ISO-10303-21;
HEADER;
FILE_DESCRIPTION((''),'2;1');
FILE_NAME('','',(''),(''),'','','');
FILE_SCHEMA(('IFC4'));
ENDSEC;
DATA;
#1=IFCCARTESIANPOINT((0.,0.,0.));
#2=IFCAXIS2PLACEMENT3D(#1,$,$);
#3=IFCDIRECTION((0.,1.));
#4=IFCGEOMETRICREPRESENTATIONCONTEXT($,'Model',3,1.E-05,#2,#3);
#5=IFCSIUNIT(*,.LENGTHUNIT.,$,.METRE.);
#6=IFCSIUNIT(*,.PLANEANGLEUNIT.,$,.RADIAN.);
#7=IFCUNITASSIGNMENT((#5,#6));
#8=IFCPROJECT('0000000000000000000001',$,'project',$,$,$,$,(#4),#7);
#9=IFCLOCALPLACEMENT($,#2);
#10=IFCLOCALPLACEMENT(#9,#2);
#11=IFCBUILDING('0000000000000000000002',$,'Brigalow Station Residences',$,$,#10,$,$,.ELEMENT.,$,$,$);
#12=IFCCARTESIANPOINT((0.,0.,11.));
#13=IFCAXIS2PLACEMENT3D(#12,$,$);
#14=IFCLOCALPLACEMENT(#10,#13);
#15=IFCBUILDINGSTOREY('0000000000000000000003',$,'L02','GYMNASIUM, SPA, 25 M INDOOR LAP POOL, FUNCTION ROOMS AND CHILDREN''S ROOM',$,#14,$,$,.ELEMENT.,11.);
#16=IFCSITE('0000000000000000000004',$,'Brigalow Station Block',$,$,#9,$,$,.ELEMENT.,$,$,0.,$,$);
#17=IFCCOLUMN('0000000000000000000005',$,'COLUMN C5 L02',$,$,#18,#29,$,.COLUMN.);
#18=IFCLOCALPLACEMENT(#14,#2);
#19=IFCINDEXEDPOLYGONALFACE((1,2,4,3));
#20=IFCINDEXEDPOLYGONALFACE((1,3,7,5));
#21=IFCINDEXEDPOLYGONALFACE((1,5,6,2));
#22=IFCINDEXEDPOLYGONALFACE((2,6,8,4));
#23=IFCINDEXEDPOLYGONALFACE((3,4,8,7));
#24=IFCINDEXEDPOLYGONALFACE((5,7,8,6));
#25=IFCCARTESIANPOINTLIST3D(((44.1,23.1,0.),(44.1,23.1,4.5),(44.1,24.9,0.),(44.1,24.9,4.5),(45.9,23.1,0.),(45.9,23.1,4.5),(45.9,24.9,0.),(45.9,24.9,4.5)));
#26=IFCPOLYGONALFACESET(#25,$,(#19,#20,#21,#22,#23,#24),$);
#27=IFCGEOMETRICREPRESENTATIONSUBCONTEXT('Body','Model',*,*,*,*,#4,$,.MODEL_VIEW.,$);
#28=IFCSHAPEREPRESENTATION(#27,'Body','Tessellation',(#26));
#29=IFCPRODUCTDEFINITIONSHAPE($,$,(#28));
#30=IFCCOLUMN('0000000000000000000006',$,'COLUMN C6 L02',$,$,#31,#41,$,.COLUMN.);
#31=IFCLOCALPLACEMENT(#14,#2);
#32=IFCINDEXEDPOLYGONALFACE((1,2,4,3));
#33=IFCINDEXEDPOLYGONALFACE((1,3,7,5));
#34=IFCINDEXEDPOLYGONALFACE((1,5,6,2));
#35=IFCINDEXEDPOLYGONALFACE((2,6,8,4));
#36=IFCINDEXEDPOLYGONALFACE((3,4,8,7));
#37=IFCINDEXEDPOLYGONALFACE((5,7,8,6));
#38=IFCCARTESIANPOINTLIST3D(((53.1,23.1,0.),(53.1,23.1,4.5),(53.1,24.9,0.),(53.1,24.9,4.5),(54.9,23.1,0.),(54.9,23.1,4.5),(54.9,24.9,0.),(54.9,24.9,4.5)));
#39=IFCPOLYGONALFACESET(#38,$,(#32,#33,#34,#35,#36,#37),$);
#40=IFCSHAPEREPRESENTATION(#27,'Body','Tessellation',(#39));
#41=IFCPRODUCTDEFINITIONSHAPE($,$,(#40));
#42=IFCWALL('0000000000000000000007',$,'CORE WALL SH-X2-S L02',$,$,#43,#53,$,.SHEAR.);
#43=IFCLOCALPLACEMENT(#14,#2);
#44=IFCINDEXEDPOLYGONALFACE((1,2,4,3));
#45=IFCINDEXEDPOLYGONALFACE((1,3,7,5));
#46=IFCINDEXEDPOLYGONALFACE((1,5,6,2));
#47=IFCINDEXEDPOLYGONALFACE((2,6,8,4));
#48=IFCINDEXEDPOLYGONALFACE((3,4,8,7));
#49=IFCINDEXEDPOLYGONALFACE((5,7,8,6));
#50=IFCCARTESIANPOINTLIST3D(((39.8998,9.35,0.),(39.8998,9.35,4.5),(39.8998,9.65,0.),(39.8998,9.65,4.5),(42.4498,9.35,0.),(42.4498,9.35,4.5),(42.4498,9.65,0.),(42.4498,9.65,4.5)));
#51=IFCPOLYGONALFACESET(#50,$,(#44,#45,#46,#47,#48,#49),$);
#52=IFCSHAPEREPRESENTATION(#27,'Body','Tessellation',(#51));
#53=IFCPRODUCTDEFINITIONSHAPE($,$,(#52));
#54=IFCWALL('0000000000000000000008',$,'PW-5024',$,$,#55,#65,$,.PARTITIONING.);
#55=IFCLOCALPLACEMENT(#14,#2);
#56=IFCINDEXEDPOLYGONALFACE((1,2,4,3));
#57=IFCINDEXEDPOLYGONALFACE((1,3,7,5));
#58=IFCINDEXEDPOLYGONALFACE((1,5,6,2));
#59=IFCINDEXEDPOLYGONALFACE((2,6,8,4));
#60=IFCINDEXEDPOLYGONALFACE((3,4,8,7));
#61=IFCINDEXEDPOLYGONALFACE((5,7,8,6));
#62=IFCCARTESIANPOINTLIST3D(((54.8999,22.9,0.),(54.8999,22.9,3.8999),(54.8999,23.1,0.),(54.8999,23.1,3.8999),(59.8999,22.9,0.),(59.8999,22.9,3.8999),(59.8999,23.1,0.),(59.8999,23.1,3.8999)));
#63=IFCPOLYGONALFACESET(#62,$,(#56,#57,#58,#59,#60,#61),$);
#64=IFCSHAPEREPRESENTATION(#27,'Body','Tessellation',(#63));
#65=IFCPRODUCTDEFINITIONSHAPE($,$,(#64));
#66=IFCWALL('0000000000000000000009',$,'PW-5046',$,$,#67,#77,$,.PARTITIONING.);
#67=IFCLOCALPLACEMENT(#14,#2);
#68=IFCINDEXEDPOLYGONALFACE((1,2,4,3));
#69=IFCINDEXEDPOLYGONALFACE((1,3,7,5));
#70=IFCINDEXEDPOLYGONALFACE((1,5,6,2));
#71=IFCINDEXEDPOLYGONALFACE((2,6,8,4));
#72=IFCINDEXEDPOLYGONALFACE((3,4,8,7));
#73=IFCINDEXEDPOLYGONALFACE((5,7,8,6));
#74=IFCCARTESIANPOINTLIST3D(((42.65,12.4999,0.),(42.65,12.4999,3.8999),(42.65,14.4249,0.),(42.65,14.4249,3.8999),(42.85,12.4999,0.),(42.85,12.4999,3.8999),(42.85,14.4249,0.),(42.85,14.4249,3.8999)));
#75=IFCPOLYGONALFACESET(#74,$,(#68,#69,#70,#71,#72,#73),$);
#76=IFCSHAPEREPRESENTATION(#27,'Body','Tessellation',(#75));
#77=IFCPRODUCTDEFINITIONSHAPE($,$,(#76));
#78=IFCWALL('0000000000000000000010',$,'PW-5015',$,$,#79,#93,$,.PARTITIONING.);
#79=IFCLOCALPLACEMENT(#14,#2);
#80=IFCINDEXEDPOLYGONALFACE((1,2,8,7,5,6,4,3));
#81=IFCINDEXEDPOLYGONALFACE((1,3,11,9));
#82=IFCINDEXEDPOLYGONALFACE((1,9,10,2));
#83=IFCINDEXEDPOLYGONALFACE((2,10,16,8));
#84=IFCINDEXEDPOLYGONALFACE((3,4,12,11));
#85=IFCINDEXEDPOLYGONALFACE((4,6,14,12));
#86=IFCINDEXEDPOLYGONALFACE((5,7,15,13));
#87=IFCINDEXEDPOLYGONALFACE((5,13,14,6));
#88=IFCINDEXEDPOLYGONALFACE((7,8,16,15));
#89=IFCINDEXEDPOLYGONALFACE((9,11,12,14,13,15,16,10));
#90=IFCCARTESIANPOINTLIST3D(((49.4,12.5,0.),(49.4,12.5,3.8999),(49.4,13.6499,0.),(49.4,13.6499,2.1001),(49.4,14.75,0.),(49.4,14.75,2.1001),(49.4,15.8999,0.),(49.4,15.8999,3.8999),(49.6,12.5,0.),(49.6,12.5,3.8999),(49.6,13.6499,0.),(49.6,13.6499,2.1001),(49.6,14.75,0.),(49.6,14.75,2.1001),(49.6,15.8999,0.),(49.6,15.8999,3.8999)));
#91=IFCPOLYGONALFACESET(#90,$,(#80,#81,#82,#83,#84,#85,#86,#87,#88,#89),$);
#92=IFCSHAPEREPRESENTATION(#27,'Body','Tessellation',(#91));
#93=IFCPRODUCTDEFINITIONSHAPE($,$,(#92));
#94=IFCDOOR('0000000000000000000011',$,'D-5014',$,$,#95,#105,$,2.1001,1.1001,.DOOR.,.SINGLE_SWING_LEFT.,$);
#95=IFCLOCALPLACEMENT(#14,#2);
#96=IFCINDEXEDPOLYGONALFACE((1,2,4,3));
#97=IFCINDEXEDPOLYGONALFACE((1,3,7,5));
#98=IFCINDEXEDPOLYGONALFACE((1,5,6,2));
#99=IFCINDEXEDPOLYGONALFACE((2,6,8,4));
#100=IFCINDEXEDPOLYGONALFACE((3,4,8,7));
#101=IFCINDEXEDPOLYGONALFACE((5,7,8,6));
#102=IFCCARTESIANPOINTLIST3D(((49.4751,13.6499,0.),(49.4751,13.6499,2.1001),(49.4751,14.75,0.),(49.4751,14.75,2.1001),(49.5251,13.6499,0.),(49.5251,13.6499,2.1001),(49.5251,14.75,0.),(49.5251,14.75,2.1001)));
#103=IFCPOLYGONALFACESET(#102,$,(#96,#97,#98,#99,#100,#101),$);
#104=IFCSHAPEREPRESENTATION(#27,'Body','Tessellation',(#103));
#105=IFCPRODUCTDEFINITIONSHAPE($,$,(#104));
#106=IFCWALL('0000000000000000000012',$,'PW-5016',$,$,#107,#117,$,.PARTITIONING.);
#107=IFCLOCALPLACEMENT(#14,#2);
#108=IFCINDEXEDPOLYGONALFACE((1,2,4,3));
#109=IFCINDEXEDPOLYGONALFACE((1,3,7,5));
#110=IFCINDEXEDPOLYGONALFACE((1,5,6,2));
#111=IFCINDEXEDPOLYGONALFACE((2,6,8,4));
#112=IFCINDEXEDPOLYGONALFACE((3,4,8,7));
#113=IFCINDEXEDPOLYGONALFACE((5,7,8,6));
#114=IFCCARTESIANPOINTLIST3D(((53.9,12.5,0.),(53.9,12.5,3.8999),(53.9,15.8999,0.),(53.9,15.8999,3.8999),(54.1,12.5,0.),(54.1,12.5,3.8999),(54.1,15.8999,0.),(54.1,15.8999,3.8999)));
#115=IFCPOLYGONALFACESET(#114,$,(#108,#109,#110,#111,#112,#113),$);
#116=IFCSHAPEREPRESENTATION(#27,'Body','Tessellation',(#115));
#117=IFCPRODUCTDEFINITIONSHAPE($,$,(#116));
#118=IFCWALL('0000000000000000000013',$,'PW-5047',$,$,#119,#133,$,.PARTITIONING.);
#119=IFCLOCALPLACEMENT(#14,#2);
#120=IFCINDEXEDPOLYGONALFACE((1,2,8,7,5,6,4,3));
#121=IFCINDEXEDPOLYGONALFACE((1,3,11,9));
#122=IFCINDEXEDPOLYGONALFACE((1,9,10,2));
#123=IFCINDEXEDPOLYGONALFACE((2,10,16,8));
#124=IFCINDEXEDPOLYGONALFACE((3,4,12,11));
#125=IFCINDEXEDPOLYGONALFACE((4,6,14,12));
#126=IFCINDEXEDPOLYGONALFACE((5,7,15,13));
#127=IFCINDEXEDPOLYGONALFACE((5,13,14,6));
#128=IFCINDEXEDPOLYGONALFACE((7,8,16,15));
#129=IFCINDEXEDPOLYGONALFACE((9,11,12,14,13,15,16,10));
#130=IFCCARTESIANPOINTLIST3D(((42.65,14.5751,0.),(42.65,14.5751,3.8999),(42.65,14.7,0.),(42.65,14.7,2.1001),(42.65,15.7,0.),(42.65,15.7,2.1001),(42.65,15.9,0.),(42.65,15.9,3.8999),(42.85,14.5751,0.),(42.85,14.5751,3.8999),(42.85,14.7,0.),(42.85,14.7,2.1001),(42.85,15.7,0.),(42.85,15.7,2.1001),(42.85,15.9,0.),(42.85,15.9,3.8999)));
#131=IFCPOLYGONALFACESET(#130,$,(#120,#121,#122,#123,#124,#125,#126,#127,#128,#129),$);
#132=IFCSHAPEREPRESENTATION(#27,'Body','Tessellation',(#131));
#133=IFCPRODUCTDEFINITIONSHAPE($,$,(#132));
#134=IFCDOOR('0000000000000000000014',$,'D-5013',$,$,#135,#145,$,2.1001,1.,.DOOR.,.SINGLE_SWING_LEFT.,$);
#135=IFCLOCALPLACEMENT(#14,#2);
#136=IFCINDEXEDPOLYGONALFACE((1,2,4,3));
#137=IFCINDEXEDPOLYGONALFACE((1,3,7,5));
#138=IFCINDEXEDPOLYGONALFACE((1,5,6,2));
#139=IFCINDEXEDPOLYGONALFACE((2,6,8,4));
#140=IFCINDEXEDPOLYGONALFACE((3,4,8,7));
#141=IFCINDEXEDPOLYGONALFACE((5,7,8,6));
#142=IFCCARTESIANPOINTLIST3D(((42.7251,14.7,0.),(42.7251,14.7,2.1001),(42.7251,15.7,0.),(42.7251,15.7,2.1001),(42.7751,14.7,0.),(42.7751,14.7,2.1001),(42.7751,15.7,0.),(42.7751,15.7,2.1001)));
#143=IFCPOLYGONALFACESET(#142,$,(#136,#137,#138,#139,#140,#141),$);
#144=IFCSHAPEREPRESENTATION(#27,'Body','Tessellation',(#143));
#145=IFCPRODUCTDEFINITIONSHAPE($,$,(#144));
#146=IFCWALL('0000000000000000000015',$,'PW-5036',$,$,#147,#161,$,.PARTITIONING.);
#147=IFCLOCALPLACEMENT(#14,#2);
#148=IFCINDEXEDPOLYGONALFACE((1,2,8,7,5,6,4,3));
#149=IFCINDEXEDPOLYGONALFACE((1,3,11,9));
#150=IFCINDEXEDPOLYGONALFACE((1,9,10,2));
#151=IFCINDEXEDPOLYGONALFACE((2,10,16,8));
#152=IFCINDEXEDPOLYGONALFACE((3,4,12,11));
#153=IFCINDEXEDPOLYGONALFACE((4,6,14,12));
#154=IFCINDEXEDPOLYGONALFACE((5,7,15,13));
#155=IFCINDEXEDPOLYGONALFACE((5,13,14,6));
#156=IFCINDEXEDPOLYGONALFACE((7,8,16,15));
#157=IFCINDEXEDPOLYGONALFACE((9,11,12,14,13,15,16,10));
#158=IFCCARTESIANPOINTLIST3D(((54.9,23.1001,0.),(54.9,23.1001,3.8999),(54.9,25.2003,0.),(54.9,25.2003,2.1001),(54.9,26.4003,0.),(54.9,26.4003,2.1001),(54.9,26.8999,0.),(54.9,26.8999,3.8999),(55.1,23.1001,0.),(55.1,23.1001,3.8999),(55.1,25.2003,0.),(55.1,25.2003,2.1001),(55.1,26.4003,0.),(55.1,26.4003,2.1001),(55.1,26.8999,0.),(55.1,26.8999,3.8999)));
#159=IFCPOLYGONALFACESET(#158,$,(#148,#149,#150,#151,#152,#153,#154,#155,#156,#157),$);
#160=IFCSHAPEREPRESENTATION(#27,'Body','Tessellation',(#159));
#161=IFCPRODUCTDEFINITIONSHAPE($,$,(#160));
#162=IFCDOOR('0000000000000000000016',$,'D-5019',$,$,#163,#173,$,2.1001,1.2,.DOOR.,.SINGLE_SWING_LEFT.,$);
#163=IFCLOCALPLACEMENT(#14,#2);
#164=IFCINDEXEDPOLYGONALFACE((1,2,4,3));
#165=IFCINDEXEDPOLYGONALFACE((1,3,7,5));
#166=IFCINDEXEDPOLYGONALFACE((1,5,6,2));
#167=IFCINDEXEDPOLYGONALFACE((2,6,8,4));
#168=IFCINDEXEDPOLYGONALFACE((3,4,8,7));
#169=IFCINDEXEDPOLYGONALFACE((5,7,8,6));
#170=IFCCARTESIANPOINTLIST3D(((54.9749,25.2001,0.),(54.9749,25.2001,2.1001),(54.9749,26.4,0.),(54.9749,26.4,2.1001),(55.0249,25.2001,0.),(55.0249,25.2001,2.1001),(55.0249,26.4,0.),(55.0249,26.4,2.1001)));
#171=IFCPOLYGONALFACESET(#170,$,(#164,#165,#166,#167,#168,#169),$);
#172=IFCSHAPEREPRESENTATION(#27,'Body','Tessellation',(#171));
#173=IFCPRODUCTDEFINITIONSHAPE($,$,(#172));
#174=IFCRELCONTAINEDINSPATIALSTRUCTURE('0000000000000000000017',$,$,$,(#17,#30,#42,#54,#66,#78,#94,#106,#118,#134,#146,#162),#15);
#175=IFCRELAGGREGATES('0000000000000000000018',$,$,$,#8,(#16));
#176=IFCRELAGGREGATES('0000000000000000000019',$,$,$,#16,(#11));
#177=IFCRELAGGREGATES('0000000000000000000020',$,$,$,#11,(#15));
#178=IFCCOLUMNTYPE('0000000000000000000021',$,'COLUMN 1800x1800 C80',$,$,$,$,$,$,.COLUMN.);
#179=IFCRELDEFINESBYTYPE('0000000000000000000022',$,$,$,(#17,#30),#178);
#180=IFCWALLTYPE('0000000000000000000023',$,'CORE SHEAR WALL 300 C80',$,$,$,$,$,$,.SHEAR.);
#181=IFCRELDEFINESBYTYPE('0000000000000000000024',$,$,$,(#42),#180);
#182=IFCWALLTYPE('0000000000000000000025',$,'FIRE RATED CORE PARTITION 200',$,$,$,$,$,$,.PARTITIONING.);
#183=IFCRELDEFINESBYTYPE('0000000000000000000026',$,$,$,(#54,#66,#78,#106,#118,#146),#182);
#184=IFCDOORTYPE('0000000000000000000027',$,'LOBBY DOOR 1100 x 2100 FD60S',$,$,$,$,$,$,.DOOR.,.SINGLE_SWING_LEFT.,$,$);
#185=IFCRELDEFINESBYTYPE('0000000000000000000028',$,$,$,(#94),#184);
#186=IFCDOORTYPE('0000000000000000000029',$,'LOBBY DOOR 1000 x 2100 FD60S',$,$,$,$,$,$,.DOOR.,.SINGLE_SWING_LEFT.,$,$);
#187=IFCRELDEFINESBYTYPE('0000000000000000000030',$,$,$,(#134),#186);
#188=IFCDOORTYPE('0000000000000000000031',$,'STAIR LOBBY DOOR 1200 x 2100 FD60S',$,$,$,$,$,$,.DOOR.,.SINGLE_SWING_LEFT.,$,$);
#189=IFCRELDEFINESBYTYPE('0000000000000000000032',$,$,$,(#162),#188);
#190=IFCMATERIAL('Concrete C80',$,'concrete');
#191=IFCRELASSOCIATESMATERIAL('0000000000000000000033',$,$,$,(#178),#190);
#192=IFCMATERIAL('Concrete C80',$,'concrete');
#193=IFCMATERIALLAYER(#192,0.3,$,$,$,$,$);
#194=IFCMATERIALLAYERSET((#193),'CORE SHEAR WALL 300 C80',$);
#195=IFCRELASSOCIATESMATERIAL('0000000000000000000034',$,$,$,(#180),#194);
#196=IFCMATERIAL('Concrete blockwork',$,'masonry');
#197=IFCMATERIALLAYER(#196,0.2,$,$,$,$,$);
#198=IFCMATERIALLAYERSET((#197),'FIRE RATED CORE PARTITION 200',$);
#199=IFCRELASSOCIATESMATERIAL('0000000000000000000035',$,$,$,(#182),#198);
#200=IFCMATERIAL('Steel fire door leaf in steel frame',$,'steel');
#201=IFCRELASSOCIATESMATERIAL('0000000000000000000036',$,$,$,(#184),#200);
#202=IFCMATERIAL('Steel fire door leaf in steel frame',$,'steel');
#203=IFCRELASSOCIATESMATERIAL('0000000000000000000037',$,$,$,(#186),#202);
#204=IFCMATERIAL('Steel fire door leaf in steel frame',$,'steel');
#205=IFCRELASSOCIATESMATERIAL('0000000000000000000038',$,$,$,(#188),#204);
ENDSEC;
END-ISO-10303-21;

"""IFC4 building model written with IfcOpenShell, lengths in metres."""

from ifc_helpers import new_model, si_unit, direction, frame, frame_2d, origin, origin_2d, place, context, subcontext, project, spatial, rectangle, extrude, material, layer, layer_set, material_profile, profile_set, type_object, element, fill, save


model = new_model("IFC4")

# Units and contexts
model_context = context("Model", 3, precision=1e-05, world=origin(), true_north=direction((0.0, 1.0)))
body_context = subcontext(model_context, "Body", "Model", "MODEL_VIEW")
ifc_project = project(units=[si_unit("LENGTHUNIT", "METRE"), si_unit("PLANEANGLEUNIT", "RADIAN")], contexts=[model_context])

# Site, building, storey
site_placement = place(None, origin())
site = spatial("IfcSite", under=ifc_project, at=site_placement, Name="Brigalow Station Block", CompositionType="ELEMENT", RefElevation=0.0)
building_placement = place(site_placement, origin())
building = spatial("IfcBuilding", under=site, at=building_placement, Name="Brigalow Station Residences", CompositionType="ELEMENT")
storey_placement = place(building_placement, frame((0.0, 0.0, 11.0)))
storey = spatial("IfcBuildingStorey", under=building, at=storey_placement, Name="L02", Description="GYMNASIUM, SPA, 25 M INDOOR LAP POOL, FUNCTION ROOMS AND CHILDREN'S ROOM", CompositionType="ELEMENT", Elevation=11.0)

# Columns
ifc_material_1 = material(Name="Concrete C80", Category="concrete")
ifc_material_profile = material_profile(ifc_material_1, rectangle(XDim=1.8, YDim=1.8, at=origin_2d()), Name="RC1800x1800")
ifc_profile_set = profile_set([ifc_material_profile], Name="Concrete C80")
column_type = type_object("IfcColumnType", Name="COLUMN 1800x1800 C80", PredefinedType="COLUMN", material=ifc_profile_set)
for number, where, z_axis, x_axis, name in (
    (1, (45.0, 24.0, 0.0), (0.0, 0.0, 1.0), (1.0, 0.0, 0.0), "COLUMN C5 L02"),
    (2, (54.0, 24.0, 0.0), (0.0, 0.0, 1.0), (1.0, 0.0, 0.0), "COLUMN C6 L02"),
):
    element("IfcColumn", number, at=place(storey_placement, frame(where, z_axis=z_axis, x_axis=x_axis)), inside=storey, type_object=column_type, Name=name, PredefinedType="COLUMN", context=body_context, shape_type="SweptSolid", body=[
        extrude(rectangle(XDim=1.8, YDim=1.8, at=origin_2d()), origin(), (0.0, 0.0, 1.0), 4.5),
    ])

# Walls
ifc_material_2 = material(Name="Concrete C80", Category="concrete")
ifc_layer_1 = layer(ifc_material_2, 0.3)
ifc_layer_set_1 = layer_set([ifc_layer_1], Name="CORE SHEAR WALL 300 C80")
wall_type_1 = type_object("IfcWallType", Name="CORE SHEAR WALL 300 C80", PredefinedType="SHEAR", material=ifc_layer_set_1)
wall_1_placement = place(storey_placement, frame((39.8999, 9.5, 0.0), z_axis=(0.0, 0.0, 1.0), x_axis=(1.0, 0.0, 0.0)))
element("IfcWall", 3, at=wall_1_placement, inside=storey, type_object=wall_type_1, Name="CORE WALL SH-X2-S L02", PredefinedType="SHEAR", context=body_context, shape_type="SweptSolid", body=[
    extrude(rectangle(XDim=2.55, YDim=0.3, at=frame_2d((1.2749, 0.0))), origin(), (0.0, 0.0, 1.0), 4.5),
])
ifc_material_3 = material(Name="Concrete blockwork", Category="masonry")
ifc_layer_2 = layer(ifc_material_3, 0.2)
ifc_layer_set_2 = layer_set([ifc_layer_2], Name="FIRE RATED CORE PARTITION 200")
wall_type_2 = type_object("IfcWallType", Name="FIRE RATED CORE PARTITION 200", PredefinedType="PARTITIONING", material=ifc_layer_set_2)
wall_2_placement = place(storey_placement, frame((54.8999, 23.0, 0.0), z_axis=(0.0, 0.0, 1.0), x_axis=(1.0, 0.0, 0.0)))
element("IfcWall", 4, at=wall_2_placement, inside=storey, type_object=wall_type_2, Name="PW-5024", PredefinedType="PARTITIONING", context=body_context, shape_type="SweptSolid", body=[
    extrude(rectangle(XDim=5.0, YDim=0.2, at=frame_2d((2.5, 0.0))), origin(), (0.0, 0.0, 1.0), 3.8999),
])
wall_3_placement = place(storey_placement, frame((42.75, 12.5, 0.0), z_axis=(0.0, 0.0, 1.0), x_axis=(0.0, 1.0, 0.0)))
element("IfcWall", 5, at=wall_3_placement, inside=storey, type_object=wall_type_2, Name="PW-5046", PredefinedType="PARTITIONING", context=body_context, shape_type="SweptSolid", body=[
    extrude(rectangle(XDim=1.925, YDim=0.2, at=frame_2d((0.9624, 0.0))), origin(), (0.0, 0.0, 1.0), 3.8999),
])

# Wall, opening, door
wall_4_placement = place(storey_placement, frame((49.5, 12.5, 0.0), z_axis=(0.0, 0.0, 1.0), x_axis=(0.0, 1.0, 0.0)))
wall_4 = element("IfcWall", 6, at=wall_4_placement, inside=storey, type_object=wall_type_2, Name="PW-5015", PredefinedType="PARTITIONING", context=body_context, shape_type="SweptSolid", body=[
    extrude(rectangle(XDim=3.3999, YDim=0.2, at=frame_2d((1.7, 0.0))), origin(), (0.0, 0.0, 1.0), 3.8999),
])
opening_1_placement = place(wall_4_placement, frame((1.1499, 0.0, 0.0)))
opening_1 = element("IfcOpeningElement", 7, at=opening_1_placement, cuts=wall_4, PredefinedType="OPENING", context=body_context, shape_type="SweptSolid", body=[
    extrude(rectangle(XDim=1.1001, YDim=2.1001, at=frame_2d((0.55, 1.05))), frame((0.0, 0.1099, 0.0), z_axis=(0.0, -1.0, 0.0), x_axis=(1.0, 0.0, 0.0)), (0.0, 0.0, 1.0), 0.22),
])
ifc_material_4 = material(Name="Steel fire door leaf in steel frame", Category="steel")
door_type_1 = type_object("IfcDoorType", Name="LOBBY DOOR 1100 x 2100 FD60S", OperationType="SINGLE_SWING_LEFT", PredefinedType="DOOR", material=ifc_material_4)
door_1_placement = place(opening_1_placement, origin())
door_1 = element("IfcDoor", 8, at=door_1_placement, inside=storey, type_object=door_type_1, Name="D-5014", OperationType="SINGLE_SWING_LEFT", OverallHeight=2.1001, OverallWidth=1.1001, PredefinedType="DOOR", context=body_context, shape_type="SweptSolid", body=[
    extrude(rectangle(XDim=1.1001, YDim=2.1001, at=frame_2d((0.55, 1.05))), frame((0.0, 0.0249, 0.0), z_axis=(0.0, -1.0, 0.0), x_axis=(1.0, 0.0, 0.0)), (0.0, 0.0, 1.0), 0.05),
])
fill(opening_1, door_1)

# Wall
wall_5_placement = place(storey_placement, frame((54.0, 12.5, 0.0), z_axis=(0.0, 0.0, 1.0), x_axis=(0.0, 1.0, 0.0)))
element("IfcWall", 9, at=wall_5_placement, inside=storey, type_object=wall_type_2, Name="PW-5016", PredefinedType="PARTITIONING", context=body_context, shape_type="SweptSolid", body=[
    extrude(rectangle(XDim=3.3999, YDim=0.2, at=frame_2d((1.7, 0.0))), origin(), (0.0, 0.0, 1.0), 3.8999),
])

# Walls, openings, doors
wall_6_placement = place(storey_placement, frame((42.75, 14.575, 0.0), z_axis=(0.0, 0.0, 1.0), x_axis=(0.0, 1.0, 0.0)))
wall_6 = element("IfcWall", 10, at=wall_6_placement, inside=storey, type_object=wall_type_2, Name="PW-5047", PredefinedType="PARTITIONING", context=body_context, shape_type="SweptSolid", body=[
    extrude(rectangle(XDim=1.325, YDim=0.2, at=frame_2d((0.6626, 0.0))), origin(), (0.0, 0.0, 1.0), 3.8999),
])
opening_2_placement = place(wall_6_placement, frame((0.125, 0.0, 0.0)))
opening_2 = element("IfcOpeningElement", 11, at=opening_2_placement, cuts=wall_6, PredefinedType="OPENING", context=body_context, shape_type="SweptSolid", body=[
    extrude(rectangle(XDim=1.0, YDim=2.1001, at=frame_2d((0.5, 1.05))), frame((0.0, 0.1099, 0.0), z_axis=(0.0, -1.0, 0.0), x_axis=(1.0, 0.0, 0.0)), (0.0, 0.0, 1.0), 0.22),
])
ifc_material_5 = material(Name="Steel fire door leaf in steel frame", Category="steel")
door_type_2 = type_object("IfcDoorType", Name="LOBBY DOOR 1000 x 2100 FD60S", OperationType="SINGLE_SWING_LEFT", PredefinedType="DOOR", material=ifc_material_5)
door_2_placement = place(opening_2_placement, origin())
door_2 = element("IfcDoor", 12, at=door_2_placement, inside=storey, type_object=door_type_2, Name="D-5013", OperationType="SINGLE_SWING_LEFT", OverallHeight=2.1001, OverallWidth=1.0, PredefinedType="DOOR", context=body_context, shape_type="SweptSolid", body=[
    extrude(rectangle(XDim=1.0, YDim=2.1001, at=frame_2d((0.5, 1.05))), frame((0.0, 0.0249, 0.0), z_axis=(0.0, -1.0, 0.0), x_axis=(1.0, 0.0, 0.0)), (0.0, 0.0, 1.0), 0.05),
])
fill(opening_2, door_2)
wall_7_placement = place(storey_placement, frame((55.0, 23.1001, 0.0), z_axis=(0.0, 0.0, 1.0), x_axis=(0.0, 1.0, 0.0)))
wall_7 = element("IfcWall", 13, at=wall_7_placement, inside=storey, type_object=wall_type_2, Name="PW-5036", PredefinedType="PARTITIONING", context=body_context, shape_type="SweptSolid", body=[
    extrude(rectangle(XDim=3.7998, YDim=0.2, at=frame_2d((1.8999, 0.0))), origin(), (0.0, 0.0, 1.0), 3.8999),
])
opening_3_placement = place(wall_7_placement, frame((2.1001, 0.0, 0.0)))
opening_3 = element("IfcOpeningElement", 14, at=opening_3_placement, cuts=wall_7, PredefinedType="OPENING", context=body_context, shape_type="SweptSolid", body=[
    extrude(rectangle(XDim=1.2, YDim=2.1001, at=frame_2d((0.6001, 1.05))), frame((0.0, 0.1099, 0.0), z_axis=(0.0, -1.0, 0.0), x_axis=(1.0, 0.0, 0.0)), (0.0, 0.0, 1.0), 0.22),
])
ifc_material_6 = material(Name="Steel fire door leaf in steel frame", Category="steel")
door_type_3 = type_object("IfcDoorType", Name="STAIR LOBBY DOOR 1200 x 2100 FD60S", OperationType="SINGLE_SWING_LEFT", PredefinedType="DOOR", material=ifc_material_6)
door_3_placement = place(opening_3_placement, frame((1.2, 0.0, 0.0), z_axis=(0.0, 0.0, 1.0), x_axis=(-1.0, 0.0, 0.0)))
door_3 = element("IfcDoor", 15, at=door_3_placement, inside=storey, type_object=door_type_3, Name="D-5019", OperationType="SINGLE_SWING_LEFT", OverallHeight=2.1001, OverallWidth=1.2, PredefinedType="DOOR", context=body_context, shape_type="SweptSolid", body=[
    extrude(rectangle(XDim=1.2, YDim=2.1001, at=frame_2d((0.6001, 1.05))), frame((0.0, 0.0249, 0.0), z_axis=(0.0, -1.0, 0.0), x_axis=(1.0, 0.0, 0.0)), (0.0, 0.0, 1.0), 0.05),
])
fill(opening_3, door_3)

save(model, "model.ifc")
